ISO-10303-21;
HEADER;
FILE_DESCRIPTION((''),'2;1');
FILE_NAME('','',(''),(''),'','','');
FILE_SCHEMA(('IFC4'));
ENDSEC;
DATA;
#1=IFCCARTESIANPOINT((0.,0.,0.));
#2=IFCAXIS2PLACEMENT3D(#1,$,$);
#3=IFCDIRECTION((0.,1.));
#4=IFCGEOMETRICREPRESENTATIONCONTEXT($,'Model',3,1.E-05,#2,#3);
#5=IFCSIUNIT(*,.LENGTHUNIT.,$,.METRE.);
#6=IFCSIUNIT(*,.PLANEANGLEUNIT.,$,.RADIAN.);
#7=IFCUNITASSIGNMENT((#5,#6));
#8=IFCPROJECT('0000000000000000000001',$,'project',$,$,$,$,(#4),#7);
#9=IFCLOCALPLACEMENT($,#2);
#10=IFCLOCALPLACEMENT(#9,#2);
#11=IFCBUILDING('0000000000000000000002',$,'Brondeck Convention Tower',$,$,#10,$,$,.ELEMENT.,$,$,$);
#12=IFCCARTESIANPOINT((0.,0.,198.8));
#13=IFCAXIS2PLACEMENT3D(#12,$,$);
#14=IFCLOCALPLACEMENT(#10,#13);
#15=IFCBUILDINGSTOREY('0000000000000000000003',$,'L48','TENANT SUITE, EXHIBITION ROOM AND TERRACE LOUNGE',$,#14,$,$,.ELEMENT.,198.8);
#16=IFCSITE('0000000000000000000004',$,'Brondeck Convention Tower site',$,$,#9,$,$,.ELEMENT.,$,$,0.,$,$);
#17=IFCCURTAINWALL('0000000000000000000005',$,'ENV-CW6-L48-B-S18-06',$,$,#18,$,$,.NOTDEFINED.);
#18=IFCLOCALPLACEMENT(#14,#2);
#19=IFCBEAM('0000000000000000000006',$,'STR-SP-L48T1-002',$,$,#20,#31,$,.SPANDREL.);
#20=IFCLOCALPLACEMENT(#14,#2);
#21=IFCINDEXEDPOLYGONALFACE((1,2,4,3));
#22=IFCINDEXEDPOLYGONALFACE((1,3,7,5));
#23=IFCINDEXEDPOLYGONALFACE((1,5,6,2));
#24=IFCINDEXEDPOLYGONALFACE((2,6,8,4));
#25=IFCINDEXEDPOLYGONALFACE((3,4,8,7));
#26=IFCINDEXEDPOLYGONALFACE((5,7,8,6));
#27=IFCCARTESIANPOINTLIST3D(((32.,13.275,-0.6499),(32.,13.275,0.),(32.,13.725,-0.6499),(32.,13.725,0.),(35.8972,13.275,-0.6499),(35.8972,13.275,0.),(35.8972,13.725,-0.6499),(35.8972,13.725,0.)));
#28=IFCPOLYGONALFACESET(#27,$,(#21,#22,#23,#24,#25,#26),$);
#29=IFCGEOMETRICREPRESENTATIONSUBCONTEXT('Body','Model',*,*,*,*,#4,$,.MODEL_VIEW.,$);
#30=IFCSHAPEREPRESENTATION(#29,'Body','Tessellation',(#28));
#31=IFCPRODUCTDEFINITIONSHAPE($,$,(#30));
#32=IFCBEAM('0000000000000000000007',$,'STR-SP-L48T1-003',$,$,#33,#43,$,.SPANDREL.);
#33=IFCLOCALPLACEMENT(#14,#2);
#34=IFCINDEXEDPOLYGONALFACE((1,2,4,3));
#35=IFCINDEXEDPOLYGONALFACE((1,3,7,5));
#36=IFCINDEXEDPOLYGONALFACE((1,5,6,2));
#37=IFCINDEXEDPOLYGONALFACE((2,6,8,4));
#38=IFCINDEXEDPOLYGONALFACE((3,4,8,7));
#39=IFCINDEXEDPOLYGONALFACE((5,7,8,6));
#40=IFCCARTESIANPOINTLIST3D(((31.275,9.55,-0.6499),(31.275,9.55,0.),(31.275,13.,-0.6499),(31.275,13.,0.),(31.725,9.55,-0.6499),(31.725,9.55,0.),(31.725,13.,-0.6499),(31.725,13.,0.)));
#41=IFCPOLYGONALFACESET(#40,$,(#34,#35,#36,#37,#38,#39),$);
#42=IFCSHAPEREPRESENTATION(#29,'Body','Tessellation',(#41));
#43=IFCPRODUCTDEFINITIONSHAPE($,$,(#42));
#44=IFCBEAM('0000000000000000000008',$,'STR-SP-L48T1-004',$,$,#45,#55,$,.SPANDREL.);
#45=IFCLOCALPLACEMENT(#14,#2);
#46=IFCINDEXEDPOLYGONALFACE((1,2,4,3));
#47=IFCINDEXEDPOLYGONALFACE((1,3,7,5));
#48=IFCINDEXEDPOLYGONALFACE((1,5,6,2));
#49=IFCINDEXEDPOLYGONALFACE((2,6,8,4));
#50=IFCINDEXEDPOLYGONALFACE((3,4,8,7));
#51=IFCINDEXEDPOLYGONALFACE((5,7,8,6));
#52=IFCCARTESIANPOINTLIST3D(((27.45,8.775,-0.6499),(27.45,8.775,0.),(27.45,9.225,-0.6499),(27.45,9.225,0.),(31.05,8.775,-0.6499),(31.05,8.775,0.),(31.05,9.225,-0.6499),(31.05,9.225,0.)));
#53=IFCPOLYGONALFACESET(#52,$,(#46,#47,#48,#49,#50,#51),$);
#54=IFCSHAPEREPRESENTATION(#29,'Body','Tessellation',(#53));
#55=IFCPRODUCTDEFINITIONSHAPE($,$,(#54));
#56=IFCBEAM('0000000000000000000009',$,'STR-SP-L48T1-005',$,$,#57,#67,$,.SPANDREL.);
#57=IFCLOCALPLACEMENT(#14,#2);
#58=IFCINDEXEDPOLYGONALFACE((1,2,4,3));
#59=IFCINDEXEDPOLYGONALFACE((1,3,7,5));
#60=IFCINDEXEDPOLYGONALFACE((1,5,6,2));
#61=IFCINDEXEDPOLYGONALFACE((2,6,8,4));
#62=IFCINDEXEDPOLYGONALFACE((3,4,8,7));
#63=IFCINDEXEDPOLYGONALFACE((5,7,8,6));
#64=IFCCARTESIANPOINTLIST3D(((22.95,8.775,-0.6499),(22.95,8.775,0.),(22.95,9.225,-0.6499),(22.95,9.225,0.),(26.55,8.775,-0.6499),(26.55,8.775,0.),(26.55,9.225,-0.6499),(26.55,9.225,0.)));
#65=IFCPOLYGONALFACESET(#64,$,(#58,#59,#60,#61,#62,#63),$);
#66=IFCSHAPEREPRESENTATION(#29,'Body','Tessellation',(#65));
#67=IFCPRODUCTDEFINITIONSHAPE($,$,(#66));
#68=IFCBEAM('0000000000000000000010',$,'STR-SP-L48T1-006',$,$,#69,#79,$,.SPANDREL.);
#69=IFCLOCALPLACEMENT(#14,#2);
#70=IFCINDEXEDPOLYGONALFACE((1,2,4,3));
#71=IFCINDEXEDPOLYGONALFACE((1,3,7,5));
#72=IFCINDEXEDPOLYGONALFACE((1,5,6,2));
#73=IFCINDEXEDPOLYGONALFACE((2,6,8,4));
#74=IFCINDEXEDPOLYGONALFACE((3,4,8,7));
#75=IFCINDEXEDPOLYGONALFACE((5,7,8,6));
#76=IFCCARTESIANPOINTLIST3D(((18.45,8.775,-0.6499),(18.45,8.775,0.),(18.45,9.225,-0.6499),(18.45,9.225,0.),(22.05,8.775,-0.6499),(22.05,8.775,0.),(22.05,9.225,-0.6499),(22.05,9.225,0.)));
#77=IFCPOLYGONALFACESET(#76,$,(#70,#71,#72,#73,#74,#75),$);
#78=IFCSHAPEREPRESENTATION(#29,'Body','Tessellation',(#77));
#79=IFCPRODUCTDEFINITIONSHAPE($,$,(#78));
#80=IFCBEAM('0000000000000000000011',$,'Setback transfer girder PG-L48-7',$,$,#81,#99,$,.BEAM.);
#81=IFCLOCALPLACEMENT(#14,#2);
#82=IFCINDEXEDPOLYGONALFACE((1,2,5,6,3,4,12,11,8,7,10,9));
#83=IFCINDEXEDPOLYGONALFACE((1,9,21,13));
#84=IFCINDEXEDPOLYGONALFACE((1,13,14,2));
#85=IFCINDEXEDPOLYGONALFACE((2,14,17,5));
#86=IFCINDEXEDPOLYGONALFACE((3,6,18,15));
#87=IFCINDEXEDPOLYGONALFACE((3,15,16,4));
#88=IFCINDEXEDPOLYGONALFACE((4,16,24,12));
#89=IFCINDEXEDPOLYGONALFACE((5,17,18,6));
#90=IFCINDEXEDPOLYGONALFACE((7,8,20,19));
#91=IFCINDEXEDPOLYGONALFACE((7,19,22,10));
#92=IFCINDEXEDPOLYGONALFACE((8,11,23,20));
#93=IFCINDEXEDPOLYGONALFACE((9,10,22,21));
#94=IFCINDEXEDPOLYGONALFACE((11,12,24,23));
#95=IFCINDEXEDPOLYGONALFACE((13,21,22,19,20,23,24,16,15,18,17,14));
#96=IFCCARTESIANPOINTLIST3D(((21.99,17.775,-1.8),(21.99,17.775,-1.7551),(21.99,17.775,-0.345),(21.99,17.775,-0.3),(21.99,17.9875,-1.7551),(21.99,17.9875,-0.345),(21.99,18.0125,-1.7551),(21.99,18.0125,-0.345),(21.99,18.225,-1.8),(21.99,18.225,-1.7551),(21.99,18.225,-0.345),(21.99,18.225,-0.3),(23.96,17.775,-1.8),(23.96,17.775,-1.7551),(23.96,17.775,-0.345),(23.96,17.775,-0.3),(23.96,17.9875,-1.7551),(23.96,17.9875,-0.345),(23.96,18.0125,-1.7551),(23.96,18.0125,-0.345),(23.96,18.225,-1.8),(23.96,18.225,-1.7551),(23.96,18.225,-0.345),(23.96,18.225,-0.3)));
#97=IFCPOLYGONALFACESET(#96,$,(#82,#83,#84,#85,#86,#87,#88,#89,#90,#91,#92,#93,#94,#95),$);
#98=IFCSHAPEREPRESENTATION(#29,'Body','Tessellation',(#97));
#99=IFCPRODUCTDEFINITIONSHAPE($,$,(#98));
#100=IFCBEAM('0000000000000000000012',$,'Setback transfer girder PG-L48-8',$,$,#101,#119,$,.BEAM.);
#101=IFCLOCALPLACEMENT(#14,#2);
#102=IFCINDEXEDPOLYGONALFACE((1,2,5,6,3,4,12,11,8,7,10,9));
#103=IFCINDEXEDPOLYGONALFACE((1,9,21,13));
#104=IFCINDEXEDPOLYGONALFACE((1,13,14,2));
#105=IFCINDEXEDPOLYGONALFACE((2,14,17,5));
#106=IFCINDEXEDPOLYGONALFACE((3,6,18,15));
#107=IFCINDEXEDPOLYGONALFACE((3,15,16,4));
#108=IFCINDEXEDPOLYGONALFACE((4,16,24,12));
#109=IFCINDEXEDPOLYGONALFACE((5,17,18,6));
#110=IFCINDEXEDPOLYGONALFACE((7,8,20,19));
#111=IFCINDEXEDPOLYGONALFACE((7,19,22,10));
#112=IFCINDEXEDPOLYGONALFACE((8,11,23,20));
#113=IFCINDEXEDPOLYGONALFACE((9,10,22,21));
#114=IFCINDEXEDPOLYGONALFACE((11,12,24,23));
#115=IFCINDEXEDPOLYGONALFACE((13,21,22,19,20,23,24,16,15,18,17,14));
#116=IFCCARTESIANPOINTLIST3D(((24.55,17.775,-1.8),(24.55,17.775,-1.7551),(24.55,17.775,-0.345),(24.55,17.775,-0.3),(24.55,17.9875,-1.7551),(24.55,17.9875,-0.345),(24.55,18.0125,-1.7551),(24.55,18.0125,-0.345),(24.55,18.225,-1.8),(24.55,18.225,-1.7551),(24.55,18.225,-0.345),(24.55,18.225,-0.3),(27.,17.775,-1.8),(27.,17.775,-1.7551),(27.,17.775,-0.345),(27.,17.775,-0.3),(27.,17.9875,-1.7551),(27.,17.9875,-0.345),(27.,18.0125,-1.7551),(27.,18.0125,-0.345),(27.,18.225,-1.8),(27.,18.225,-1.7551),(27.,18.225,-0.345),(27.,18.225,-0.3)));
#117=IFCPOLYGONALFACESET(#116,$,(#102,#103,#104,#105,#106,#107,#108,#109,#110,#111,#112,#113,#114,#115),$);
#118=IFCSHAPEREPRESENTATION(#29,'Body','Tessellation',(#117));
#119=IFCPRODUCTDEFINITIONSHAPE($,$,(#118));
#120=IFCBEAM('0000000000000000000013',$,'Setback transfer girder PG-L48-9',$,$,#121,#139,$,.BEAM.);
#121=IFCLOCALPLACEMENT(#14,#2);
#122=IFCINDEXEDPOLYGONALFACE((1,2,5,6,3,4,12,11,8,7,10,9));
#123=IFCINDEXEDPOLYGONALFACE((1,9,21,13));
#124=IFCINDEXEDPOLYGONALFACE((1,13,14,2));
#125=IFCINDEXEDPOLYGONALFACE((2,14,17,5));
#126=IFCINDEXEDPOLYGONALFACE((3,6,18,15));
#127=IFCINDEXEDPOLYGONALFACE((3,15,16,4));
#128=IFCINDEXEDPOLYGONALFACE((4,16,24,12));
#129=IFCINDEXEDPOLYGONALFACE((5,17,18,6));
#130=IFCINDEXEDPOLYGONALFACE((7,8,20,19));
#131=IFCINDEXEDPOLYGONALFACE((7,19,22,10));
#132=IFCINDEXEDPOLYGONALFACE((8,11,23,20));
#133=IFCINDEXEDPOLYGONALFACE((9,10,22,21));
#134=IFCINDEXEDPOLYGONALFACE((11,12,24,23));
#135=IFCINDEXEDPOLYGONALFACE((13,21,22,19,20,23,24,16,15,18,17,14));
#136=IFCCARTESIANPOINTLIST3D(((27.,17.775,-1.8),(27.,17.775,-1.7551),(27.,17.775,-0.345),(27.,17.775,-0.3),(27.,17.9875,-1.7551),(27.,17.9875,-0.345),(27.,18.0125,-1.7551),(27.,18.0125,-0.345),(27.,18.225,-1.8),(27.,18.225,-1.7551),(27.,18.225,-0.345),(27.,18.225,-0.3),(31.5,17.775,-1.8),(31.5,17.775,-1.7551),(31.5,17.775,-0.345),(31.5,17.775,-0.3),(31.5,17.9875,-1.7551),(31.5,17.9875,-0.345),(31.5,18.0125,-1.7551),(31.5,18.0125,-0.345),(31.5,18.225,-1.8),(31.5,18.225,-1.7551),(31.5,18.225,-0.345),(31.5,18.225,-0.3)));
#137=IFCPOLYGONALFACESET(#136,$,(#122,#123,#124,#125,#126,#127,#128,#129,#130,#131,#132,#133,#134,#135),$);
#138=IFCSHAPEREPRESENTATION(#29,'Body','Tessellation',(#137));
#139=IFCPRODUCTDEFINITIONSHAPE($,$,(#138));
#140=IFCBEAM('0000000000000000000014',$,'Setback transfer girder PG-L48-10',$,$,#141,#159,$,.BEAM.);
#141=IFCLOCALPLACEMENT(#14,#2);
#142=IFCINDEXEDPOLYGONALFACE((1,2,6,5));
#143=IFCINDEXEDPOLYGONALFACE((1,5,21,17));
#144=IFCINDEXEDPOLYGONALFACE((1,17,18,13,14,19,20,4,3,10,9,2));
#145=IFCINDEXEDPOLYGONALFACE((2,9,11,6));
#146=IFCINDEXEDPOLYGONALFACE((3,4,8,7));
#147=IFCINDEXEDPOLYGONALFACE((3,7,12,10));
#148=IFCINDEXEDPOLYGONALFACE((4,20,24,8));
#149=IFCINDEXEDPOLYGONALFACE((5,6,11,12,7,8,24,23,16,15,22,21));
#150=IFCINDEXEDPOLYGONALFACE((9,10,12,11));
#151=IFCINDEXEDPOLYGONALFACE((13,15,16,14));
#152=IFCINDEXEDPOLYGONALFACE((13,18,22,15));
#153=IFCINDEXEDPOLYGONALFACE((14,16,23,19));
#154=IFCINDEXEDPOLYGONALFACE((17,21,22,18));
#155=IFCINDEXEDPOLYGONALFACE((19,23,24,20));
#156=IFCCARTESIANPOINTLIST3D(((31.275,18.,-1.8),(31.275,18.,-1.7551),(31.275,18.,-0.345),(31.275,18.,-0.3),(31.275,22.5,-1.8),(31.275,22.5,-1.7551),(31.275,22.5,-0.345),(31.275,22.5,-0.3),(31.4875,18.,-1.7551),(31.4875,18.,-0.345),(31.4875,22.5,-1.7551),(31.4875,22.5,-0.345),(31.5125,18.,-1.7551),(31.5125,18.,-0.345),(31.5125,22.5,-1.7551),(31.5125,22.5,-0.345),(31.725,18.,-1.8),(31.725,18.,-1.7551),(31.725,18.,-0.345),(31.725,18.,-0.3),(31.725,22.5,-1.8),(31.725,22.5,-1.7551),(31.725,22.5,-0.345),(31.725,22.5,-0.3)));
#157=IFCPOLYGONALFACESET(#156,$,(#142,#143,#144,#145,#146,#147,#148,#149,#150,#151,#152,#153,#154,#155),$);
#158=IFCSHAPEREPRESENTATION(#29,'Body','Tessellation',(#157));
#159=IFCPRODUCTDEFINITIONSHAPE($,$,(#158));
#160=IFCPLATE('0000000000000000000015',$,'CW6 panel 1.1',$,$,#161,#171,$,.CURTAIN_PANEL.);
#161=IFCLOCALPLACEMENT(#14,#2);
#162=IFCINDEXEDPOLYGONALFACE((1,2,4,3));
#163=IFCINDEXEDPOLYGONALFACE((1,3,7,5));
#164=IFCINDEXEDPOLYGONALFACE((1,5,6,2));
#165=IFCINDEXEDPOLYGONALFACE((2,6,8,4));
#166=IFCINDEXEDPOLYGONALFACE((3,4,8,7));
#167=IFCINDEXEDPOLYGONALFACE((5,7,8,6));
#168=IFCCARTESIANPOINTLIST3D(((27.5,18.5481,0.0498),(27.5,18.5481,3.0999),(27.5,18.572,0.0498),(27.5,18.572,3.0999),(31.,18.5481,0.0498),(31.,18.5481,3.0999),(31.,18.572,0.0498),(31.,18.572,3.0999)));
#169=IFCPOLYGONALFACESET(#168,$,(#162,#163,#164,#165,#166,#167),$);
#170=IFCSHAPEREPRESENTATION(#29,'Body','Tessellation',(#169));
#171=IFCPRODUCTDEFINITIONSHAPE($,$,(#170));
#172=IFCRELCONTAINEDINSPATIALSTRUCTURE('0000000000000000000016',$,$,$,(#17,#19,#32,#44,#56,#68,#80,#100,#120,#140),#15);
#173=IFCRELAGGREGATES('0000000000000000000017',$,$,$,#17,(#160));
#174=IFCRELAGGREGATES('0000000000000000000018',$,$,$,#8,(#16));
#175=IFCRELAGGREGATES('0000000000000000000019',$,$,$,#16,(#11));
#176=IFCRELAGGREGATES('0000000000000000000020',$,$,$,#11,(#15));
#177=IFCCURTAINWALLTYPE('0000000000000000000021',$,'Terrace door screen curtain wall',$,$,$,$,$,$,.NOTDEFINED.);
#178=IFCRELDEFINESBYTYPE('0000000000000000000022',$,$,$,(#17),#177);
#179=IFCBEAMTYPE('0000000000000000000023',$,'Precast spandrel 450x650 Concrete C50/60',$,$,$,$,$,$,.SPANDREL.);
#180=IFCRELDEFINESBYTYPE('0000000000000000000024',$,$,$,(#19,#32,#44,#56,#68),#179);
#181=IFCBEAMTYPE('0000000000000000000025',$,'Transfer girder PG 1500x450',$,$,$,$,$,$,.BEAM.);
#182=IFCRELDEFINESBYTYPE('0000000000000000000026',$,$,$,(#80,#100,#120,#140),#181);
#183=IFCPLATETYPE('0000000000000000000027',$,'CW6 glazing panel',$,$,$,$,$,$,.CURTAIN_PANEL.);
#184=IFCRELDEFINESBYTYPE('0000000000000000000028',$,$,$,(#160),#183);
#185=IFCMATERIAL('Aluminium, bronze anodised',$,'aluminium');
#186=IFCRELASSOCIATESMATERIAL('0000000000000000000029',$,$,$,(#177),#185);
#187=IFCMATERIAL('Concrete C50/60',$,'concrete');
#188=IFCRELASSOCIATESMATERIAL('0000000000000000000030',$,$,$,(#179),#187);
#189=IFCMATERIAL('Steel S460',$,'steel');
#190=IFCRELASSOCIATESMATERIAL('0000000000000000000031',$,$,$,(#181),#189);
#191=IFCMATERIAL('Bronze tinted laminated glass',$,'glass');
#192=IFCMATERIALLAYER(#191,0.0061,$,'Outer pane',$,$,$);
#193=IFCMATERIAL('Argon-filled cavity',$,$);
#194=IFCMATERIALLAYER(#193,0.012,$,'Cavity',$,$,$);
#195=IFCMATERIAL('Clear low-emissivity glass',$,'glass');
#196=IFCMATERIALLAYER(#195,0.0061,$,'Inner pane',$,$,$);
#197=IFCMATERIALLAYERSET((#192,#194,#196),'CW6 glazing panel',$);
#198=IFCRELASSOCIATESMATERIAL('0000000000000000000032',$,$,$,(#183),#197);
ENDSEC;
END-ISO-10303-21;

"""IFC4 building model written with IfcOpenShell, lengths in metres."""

from ifc_helpers import new_model, si_unit, direction, frame, origin, origin_2d, place, context, subcontext, project, spatial, rectangle, i_section, extrude, material, layer, layer_set, material_profile, profile_set, type_object, element, aggregate, save


model = new_model("IFC4")

# Units and contexts
model_context = context("Model", 3, precision=1e-05, world=origin(), true_north=direction((0.0, 1.0)))
body_context = subcontext(model_context, "Body", "Model", "MODEL_VIEW")
ifc_project = project(units=[si_unit("LENGTHUNIT", "METRE"), si_unit("PLANEANGLEUNIT", "RADIAN")], contexts=[model_context])

# Site, building, storey
site_placement = place(None, origin())
site = spatial("IfcSite", under=ifc_project, at=site_placement, Name="Brondeck Convention Tower site", CompositionType="ELEMENT", RefElevation=0.0)
building_placement = place(site_placement, origin())
building = spatial("IfcBuilding", under=site, at=building_placement, Name="Brondeck Convention Tower", CompositionType="ELEMENT")
storey_placement = place(building_placement, frame((0.0, 0.0, 198.8)))
storey = spatial("IfcBuildingStorey", under=building, at=storey_placement, Name="L48", Description="TENANT SUITE, EXHIBITION ROOM AND TERRACE LOUNGE", CompositionType="ELEMENT", Elevation=198.8)

# Shared definitions
ifc_material_1 = material(Name="Concrete C50/60", Category="concrete")

# Shared definitions
ifc_material_2 = material(Name="Aluminium, bronze anodised", Category="aluminium")
curtain_wall_type = type_object("IfcCurtainWallType", Name="Terrace door screen curtain wall", PredefinedType="NOTDEFINED", material=ifc_material_2)

# Curtain wall
curtain_wall_1_placement = place(storey_placement, origin())
curtain_wall_1 = element("IfcCurtainWall", 1, at=curtain_wall_1_placement, inside=storey, type_object=curtain_wall_type, Name="ENV-CW6-L48-B-S18-06", PredefinedType="NOTDEFINED")

# Beams
ifc_material_profile_1 = material_profile(ifc_material_1, rectangle(XDim=0.45, YDim=0.6499, at=origin_2d()), Name="Precast spandrel 450x650 Concrete C50/60")
ifc_profile_set_1 = profile_set([ifc_material_profile_1], Name="Concrete C50/60")
beam_type_1 = type_object("IfcBeamType", Name="Precast spandrel 450x650 Concrete C50/60", PredefinedType="SPANDREL", material=ifc_profile_set_1)
beam_1_placement = place(storey_placement, frame((35.8972, 13.5, -0.325), z_axis=(-1.0, 0.0, 0.0), x_axis=(0.0, -1.0, 0.0)))
element("IfcBeam", 2, at=beam_1_placement, inside=storey, type_object=beam_type_1, Name="STR-SP-L48T1-002", PredefinedType="SPANDREL", context=body_context, shape_type="SweptSolid", body=[
    extrude(rectangle(XDim=0.45, YDim=0.6499, at=origin_2d()), origin(), (0.0, 0.0, 1.0), 3.8972),
])
beam_2_placement = place(storey_placement, frame((31.5, 13.0, -0.325), z_axis=(0.0, -1.0, 0.0), x_axis=(1.0, 0.0, 0.0)))
element("IfcBeam", 3, at=beam_2_placement, inside=storey, type_object=beam_type_1, Name="STR-SP-L48T1-003", PredefinedType="SPANDREL", context=body_context, shape_type="SweptSolid", body=[
    extrude(rectangle(XDim=0.45, YDim=0.6499, at=origin_2d()), origin(), (0.0, 0.0, 1.0), 3.45),
])
for number, where, z_axis, x_axis, name in (
    (4, (31.05, 9.0, -0.325), (-1.0, 0.0, 0.0), (0.0, -1.0, 0.0), "STR-SP-L48T1-004"),
    (5, (26.55, 9.0, -0.325), (-1.0, 0.0, 0.0), (0.0, -1.0, 0.0), "STR-SP-L48T1-005"),
    (6, (22.05, 9.0, -0.325), (-1.0, 0.0, 0.0), (0.0, -1.0, 0.0), "STR-SP-L48T1-006"),
):
    element("IfcBeam", number, at=place(storey_placement, frame(where, z_axis=z_axis, x_axis=x_axis)), inside=storey, type_object=beam_type_1, Name=name, PredefinedType="SPANDREL", context=body_context, shape_type="SweptSolid", body=[
        extrude(rectangle(XDim=0.45, YDim=0.6499, at=origin_2d()), origin(), (0.0, 0.0, 1.0), 3.6001),
    ])
ifc_material_3 = material(Name="Steel S460", Category="steel")
ifc_material_profile_2 = material_profile(ifc_material_3, i_section(OverallWidth=0.45, OverallDepth=1.5, WebThickness=0.0249, FlangeThickness=0.0449, at=origin_2d()), Name="PG 1500x450")
ifc_profile_set_2 = profile_set([ifc_material_profile_2], Name="Steel S460")
beam_type_2 = type_object("IfcBeamType", Name="Transfer girder PG 1500x450", PredefinedType="BEAM", material=ifc_profile_set_2)
beam_3_placement = place(storey_placement, frame((21.99, 18.0, -1.05), z_axis=(1.0, 0.0, 0.0), x_axis=(0.0, 1.0, 0.0)))
element("IfcBeam", 7, at=beam_3_placement, inside=storey, type_object=beam_type_2, Name="Setback transfer girder PG-L48-7", PredefinedType="BEAM", context=body_context, shape_type="SweptSolid", body=[
    extrude(i_section(OverallWidth=0.45, OverallDepth=1.5, WebThickness=0.0249, FlangeThickness=0.0449, at=origin_2d()), origin(), (0.0, 0.0, 1.0), 1.97),
])
beam_4_placement = place(storey_placement, frame((24.55, 18.0, -1.05), z_axis=(1.0, 0.0, 0.0), x_axis=(0.0, 1.0, 0.0)))
element("IfcBeam", 8, at=beam_4_placement, inside=storey, type_object=beam_type_2, Name="Setback transfer girder PG-L48-8", PredefinedType="BEAM", context=body_context, shape_type="SweptSolid", body=[
    extrude(i_section(OverallWidth=0.45, OverallDepth=1.5, WebThickness=0.0249, FlangeThickness=0.0449, at=origin_2d()), origin(), (0.0, 0.0, 1.0), 2.45),
])
for number, where, z_axis, x_axis, name in (
    (9, (27.0, 18.0, -1.05), (1.0, 0.0, 0.0), (0.0, 1.0, 0.0), "Setback transfer girder PG-L48-9"),
    (10, (31.5, 18.0, -1.05), (0.0, 1.0, 0.0), (-1.0, 0.0, 0.0), "Setback transfer girder PG-L48-10"),
):
    element("IfcBeam", number, at=place(storey_placement, frame(where, z_axis=z_axis, x_axis=x_axis)), inside=storey, type_object=beam_type_2, Name=name, PredefinedType="BEAM", context=body_context, shape_type="SweptSolid", body=[
        extrude(i_section(OverallWidth=0.45, OverallDepth=1.5, WebThickness=0.0249, FlangeThickness=0.0449, at=origin_2d()), origin(), (0.0, 0.0, 1.0), 4.5),
    ])

# Plate
ifc_material_4 = material(Name="Bronze tinted laminated glass", Category="glass")
ifc_layer_1 = layer(ifc_material_4, 0.0061, Name="Outer pane")
ifc_material_5 = material(Name="Argon-filled cavity")
ifc_layer_2 = layer(ifc_material_5, 0.012, Name="Cavity")
ifc_material_6 = material(Name="Clear low-emissivity glass", Category="glass")
ifc_layer_3 = layer(ifc_material_6, 0.0061, Name="Inner pane")
ifc_layer_set_1 = layer_set([ifc_layer_1, ifc_layer_2, ifc_layer_3], Name="CW6 glazing panel")
plate_type = type_object("IfcPlateType", Name="CW6 glazing panel", PredefinedType="CURTAIN_PANEL", material=ifc_layer_set_1)
plate_placement = place(storey_placement, frame((29.25, 18.5601, 0.0498), z_axis=(0.0, 0.0, 1.0), x_axis=(-1.0, 0.0, 0.0)))
plate = element("IfcPlate", 11, at=plate_placement, type_object=plate_type, Name="CW6 panel 1.1", PredefinedType="CURTAIN_PANEL", context=body_context, shape_type="SweptSolid", body=[
    extrude(rectangle(XDim=3.5, YDim=0.0239, at=origin_2d()), origin(), (0.0, 0.0, 1.0), 3.05),
])
aggregate(curtain_wall_1, [plate])

save(model, "model.ifc")
